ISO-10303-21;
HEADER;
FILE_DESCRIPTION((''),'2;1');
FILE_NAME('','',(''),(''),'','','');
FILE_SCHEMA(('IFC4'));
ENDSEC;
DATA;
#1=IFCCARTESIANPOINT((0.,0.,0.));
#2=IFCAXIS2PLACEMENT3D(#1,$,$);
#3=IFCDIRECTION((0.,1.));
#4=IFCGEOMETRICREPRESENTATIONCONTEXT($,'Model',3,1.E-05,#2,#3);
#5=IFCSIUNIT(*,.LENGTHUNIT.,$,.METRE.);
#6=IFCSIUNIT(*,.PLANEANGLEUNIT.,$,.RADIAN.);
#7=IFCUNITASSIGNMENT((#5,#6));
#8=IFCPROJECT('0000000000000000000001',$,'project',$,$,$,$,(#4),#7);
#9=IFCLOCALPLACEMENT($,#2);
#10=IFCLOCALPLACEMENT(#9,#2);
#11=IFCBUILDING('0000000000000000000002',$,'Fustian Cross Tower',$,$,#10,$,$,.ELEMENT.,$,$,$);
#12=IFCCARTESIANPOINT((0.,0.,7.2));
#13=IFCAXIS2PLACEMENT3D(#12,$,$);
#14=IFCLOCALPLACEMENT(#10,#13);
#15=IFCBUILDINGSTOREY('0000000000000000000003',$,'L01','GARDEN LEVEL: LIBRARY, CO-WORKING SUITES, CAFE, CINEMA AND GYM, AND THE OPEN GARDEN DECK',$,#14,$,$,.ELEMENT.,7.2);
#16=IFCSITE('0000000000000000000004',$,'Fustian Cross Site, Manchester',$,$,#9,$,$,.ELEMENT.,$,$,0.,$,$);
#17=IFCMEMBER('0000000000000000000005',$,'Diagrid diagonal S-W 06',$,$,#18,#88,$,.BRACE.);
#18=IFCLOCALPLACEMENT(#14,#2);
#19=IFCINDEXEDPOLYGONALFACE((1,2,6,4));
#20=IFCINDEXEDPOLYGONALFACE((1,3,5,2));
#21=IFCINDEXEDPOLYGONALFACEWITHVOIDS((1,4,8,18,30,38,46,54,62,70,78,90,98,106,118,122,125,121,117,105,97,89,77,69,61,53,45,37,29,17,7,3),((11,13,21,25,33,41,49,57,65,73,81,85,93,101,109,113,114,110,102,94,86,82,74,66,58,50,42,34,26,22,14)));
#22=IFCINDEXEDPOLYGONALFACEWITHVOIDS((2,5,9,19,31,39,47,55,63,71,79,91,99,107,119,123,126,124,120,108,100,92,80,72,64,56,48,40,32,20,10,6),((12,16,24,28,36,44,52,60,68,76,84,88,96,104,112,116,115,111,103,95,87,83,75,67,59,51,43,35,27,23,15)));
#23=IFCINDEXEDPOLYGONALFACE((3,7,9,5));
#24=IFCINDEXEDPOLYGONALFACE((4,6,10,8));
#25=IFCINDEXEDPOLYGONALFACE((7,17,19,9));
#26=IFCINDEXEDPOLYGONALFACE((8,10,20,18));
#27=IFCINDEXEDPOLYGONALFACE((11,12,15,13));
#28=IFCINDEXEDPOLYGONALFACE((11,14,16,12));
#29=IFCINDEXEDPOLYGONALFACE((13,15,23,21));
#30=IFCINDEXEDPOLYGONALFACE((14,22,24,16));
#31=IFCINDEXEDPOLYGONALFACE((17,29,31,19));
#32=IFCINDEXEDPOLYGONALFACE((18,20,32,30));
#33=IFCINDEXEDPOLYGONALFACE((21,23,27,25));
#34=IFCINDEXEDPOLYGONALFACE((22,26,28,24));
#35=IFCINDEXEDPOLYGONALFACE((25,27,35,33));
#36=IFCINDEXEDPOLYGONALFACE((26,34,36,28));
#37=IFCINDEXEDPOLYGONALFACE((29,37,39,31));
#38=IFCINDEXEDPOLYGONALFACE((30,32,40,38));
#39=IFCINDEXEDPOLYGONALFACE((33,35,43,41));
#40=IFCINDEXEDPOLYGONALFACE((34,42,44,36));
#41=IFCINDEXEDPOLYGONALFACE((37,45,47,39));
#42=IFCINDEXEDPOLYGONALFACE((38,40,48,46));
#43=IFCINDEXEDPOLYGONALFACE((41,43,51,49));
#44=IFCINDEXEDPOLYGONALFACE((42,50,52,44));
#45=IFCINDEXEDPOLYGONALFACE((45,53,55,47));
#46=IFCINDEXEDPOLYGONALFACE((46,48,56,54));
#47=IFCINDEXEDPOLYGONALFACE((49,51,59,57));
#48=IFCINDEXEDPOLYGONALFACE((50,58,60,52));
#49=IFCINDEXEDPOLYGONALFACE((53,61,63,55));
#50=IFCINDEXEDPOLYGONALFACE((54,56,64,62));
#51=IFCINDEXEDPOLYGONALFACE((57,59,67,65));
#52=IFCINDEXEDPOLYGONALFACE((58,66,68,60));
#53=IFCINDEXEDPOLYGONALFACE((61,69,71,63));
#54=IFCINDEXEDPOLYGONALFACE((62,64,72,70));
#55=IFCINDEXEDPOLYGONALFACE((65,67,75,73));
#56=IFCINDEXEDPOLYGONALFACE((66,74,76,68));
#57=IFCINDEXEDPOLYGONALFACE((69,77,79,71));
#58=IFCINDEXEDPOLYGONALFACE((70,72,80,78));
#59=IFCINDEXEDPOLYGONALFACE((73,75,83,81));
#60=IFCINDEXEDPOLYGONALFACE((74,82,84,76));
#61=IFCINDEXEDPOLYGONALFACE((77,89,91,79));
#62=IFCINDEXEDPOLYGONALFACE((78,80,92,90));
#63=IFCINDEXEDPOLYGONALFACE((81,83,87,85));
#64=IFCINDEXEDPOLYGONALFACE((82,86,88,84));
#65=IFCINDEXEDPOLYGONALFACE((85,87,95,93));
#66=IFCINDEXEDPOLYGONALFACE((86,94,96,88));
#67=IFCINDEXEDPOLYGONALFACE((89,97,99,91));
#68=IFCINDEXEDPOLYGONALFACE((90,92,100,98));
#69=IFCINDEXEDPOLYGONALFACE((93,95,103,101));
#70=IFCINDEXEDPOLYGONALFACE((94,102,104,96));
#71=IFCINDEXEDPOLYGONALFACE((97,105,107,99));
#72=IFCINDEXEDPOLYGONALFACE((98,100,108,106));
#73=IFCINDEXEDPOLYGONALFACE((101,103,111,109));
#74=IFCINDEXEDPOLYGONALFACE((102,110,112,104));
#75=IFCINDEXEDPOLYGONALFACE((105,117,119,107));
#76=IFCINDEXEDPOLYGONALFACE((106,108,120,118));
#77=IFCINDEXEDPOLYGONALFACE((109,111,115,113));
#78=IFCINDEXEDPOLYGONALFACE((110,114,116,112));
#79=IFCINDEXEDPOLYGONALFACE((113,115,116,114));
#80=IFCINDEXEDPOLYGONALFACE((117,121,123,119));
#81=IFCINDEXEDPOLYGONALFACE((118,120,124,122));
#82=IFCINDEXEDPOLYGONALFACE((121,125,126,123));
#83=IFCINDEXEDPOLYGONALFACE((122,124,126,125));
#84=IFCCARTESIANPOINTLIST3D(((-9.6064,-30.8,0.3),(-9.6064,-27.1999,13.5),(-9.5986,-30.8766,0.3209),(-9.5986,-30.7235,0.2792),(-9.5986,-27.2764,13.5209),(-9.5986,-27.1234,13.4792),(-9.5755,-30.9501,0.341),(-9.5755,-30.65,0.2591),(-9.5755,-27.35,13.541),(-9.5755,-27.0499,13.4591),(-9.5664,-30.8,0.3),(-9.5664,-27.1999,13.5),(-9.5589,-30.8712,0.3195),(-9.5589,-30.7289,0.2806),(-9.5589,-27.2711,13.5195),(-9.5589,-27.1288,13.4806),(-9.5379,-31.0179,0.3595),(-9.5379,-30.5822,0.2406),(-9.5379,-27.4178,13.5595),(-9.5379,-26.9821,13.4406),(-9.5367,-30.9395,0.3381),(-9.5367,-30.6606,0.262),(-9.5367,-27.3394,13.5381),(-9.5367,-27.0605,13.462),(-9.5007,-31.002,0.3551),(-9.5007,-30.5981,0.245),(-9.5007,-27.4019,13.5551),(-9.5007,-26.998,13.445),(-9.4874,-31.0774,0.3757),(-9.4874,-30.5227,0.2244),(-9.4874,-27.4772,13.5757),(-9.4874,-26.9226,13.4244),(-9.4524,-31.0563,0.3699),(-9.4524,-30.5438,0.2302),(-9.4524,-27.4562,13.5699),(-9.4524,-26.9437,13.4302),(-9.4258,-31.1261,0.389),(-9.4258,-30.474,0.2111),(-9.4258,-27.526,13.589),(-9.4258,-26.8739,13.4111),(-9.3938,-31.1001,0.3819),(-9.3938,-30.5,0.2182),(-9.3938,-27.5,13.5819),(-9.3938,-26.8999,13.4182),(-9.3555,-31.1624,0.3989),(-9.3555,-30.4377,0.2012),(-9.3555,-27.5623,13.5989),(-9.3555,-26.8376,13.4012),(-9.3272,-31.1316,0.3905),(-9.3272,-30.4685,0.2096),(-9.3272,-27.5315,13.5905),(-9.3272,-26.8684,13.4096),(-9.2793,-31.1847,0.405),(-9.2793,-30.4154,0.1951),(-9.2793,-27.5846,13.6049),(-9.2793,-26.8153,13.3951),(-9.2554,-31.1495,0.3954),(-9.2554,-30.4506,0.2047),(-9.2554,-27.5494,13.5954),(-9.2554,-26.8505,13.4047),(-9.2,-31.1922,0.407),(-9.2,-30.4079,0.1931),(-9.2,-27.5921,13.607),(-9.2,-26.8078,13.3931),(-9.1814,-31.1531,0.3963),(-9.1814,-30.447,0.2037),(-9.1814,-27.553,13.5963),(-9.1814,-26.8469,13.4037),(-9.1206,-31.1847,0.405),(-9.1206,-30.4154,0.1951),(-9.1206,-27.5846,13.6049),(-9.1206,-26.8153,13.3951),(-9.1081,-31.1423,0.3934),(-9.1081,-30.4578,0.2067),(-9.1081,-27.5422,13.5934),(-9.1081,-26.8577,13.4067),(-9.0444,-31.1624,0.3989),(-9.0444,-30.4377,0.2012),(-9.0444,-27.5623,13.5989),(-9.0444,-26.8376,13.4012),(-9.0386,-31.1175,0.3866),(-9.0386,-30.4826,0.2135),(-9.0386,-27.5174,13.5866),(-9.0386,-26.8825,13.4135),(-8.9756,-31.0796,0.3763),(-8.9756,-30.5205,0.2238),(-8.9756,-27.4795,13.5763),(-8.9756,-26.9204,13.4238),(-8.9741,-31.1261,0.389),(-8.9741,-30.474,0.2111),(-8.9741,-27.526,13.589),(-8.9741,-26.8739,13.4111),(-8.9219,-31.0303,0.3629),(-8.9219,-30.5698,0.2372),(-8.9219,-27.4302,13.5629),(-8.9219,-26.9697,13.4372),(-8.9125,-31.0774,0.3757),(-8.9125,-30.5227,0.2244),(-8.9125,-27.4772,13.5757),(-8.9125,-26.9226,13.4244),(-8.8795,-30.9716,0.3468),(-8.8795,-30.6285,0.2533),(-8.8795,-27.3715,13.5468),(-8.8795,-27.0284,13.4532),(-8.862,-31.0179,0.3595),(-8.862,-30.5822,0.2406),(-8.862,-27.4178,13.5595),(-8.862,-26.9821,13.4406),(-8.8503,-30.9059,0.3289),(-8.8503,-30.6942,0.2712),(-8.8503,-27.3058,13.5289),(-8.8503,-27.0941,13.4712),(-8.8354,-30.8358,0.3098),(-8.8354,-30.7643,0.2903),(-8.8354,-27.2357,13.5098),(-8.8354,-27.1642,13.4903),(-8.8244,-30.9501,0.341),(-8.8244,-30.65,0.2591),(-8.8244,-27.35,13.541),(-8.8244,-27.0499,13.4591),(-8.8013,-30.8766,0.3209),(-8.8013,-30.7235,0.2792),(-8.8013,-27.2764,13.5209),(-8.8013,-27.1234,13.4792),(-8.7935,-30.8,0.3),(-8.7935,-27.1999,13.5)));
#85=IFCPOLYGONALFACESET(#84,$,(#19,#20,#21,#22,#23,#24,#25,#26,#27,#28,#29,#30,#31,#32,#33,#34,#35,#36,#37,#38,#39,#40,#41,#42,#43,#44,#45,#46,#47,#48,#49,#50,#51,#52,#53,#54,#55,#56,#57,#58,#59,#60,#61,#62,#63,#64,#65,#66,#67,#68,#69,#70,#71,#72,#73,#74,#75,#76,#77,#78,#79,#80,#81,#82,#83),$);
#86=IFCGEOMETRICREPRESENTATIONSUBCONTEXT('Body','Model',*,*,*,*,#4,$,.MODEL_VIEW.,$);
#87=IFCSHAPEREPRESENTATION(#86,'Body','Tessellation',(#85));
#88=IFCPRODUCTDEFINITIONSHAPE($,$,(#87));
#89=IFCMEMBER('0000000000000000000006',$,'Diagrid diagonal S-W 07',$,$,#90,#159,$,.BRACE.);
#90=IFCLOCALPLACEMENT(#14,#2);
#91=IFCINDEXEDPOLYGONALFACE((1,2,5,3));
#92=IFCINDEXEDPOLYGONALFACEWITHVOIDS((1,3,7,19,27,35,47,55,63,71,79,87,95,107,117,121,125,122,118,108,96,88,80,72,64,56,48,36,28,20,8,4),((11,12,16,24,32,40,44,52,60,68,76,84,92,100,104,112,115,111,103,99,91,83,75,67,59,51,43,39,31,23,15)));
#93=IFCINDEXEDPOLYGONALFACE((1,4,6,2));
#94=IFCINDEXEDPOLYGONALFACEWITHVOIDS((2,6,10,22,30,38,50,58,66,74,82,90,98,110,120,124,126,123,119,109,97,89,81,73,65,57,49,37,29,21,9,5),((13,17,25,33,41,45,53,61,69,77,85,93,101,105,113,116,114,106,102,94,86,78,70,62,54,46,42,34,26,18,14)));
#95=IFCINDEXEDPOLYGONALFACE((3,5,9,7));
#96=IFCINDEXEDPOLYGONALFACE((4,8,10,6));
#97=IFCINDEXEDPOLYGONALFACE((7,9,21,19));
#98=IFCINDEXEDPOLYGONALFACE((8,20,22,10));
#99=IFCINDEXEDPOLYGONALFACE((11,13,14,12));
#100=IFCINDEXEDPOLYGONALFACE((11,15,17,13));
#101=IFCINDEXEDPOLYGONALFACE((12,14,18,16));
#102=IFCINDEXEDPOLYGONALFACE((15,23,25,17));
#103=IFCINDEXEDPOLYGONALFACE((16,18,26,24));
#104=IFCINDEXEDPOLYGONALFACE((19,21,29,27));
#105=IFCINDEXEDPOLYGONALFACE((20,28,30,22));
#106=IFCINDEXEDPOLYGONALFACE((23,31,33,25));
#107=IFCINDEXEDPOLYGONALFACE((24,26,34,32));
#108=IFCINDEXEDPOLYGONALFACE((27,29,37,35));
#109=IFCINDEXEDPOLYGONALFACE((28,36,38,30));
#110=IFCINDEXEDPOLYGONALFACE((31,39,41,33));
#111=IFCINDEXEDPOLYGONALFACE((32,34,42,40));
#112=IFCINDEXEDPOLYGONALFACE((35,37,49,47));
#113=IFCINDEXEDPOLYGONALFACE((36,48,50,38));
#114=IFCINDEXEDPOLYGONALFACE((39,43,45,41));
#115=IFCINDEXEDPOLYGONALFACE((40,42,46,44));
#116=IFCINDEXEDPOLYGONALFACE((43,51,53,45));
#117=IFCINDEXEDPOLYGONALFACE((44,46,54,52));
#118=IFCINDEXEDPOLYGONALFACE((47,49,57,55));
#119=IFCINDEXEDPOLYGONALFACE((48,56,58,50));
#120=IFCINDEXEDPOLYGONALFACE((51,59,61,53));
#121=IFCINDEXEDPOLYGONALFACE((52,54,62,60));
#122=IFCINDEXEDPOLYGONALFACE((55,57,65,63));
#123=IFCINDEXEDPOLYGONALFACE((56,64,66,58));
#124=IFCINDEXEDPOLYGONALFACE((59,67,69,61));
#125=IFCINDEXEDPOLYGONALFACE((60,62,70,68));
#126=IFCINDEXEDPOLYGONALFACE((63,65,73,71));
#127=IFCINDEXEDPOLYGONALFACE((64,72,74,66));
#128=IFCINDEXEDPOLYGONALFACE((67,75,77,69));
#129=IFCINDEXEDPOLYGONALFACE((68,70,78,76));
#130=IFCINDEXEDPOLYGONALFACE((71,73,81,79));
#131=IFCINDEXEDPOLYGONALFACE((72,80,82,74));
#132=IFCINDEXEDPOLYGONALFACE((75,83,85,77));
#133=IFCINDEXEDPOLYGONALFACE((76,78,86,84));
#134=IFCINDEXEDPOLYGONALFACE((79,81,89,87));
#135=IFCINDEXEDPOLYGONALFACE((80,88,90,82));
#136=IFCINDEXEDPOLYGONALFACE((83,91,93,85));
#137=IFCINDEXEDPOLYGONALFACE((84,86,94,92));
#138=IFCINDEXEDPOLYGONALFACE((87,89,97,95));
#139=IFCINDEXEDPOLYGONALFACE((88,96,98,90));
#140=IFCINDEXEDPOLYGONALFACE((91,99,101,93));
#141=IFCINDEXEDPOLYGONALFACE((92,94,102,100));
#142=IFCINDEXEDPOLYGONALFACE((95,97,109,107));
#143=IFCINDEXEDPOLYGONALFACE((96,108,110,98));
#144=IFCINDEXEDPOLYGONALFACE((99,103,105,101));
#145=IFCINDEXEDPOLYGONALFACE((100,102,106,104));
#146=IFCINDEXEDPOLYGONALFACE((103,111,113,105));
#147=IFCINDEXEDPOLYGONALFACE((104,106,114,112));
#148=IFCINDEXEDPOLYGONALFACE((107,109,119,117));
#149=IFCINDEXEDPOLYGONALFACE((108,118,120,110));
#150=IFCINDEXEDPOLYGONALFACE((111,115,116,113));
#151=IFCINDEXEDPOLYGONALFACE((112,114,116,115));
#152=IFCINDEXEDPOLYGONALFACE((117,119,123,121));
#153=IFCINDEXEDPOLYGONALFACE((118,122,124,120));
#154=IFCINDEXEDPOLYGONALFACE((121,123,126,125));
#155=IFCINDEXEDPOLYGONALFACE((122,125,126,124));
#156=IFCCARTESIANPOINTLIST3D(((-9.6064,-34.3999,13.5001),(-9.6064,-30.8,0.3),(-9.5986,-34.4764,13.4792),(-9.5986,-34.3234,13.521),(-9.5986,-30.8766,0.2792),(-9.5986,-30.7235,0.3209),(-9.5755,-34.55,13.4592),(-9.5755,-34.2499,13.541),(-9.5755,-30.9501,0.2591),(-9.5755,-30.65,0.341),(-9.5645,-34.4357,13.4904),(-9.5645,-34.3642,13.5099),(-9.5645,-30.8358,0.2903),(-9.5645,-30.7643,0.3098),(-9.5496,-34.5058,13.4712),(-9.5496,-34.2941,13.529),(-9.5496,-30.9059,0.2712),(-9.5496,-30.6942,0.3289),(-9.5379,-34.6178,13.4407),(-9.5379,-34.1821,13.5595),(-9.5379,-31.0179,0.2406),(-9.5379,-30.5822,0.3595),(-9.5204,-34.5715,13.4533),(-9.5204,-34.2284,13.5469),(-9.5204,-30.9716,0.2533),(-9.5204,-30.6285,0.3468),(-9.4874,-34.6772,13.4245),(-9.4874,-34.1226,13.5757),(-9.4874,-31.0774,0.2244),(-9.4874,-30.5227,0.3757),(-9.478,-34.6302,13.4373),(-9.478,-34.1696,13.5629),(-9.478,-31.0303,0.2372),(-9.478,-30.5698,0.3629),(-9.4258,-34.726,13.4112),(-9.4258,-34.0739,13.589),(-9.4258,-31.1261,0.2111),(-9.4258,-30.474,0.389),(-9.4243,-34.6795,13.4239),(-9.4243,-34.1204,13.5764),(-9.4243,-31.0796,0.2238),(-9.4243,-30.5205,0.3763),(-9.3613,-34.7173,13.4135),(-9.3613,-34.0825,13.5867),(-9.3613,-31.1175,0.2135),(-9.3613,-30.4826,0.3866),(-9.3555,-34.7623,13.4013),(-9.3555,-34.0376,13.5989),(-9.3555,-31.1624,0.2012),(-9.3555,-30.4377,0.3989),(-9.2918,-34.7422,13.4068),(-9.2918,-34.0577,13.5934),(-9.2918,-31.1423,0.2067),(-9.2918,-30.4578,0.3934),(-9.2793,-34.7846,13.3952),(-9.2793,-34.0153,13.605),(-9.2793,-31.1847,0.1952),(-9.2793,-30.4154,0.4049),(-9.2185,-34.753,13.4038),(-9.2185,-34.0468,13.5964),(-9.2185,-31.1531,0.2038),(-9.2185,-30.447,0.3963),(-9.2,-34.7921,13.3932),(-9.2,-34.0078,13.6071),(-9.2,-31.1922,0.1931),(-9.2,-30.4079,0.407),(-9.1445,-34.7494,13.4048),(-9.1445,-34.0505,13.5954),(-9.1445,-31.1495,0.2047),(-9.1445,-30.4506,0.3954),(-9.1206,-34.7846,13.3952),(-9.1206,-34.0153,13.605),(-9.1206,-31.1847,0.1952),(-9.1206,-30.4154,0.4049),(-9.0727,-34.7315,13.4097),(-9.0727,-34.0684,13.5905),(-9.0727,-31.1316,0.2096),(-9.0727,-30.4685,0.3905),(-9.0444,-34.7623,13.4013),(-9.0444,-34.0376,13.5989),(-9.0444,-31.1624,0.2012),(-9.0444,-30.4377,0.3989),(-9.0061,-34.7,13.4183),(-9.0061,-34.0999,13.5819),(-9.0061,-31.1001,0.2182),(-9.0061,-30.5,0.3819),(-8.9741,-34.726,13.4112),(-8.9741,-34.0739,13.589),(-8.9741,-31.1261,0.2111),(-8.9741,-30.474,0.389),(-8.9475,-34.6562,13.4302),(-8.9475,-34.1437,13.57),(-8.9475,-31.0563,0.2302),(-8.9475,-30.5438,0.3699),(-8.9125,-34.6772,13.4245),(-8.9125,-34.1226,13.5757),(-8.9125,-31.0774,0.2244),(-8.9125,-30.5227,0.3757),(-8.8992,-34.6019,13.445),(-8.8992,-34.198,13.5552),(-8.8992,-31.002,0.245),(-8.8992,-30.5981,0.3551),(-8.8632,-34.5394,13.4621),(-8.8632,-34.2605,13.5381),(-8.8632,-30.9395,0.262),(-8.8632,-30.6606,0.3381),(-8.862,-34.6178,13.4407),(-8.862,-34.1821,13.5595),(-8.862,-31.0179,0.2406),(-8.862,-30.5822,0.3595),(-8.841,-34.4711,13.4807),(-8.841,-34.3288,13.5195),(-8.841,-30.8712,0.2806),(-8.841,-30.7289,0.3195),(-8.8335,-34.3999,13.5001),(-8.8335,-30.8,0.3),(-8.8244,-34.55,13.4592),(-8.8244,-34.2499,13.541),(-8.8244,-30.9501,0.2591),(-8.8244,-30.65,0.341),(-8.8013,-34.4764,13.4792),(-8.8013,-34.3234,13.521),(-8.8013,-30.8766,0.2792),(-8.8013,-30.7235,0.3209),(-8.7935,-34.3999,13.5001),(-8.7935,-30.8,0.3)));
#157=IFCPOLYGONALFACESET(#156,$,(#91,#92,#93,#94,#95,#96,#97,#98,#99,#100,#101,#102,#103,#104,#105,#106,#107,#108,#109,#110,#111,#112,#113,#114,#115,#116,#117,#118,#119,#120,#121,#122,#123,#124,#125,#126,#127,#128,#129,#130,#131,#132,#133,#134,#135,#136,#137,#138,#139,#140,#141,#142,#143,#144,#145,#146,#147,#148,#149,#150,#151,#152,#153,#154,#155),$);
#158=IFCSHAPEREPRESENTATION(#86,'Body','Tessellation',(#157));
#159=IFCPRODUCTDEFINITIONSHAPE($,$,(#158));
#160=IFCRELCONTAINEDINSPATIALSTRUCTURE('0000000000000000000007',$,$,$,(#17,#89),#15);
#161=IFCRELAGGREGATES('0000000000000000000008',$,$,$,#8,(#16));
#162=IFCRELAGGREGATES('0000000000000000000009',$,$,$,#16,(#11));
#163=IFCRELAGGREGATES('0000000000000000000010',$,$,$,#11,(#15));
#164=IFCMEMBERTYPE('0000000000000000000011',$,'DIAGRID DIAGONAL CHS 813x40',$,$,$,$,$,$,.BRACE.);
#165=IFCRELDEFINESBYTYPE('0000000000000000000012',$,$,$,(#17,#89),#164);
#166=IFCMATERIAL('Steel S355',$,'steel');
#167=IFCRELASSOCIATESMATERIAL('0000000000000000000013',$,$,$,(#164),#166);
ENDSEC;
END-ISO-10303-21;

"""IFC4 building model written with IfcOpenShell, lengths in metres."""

from ifc_helpers import new_model, si_unit, direction, frame, origin, origin_2d, place, context, subcontext, project, spatial, hollow_circle, extrude, material, material_profile, profile_set, type_object, element, save


model = new_model("IFC4")

# Units and contexts
model_context = context("Model", 3, precision=1e-05, world=origin(), true_north=direction((0.0, 1.0)))
body_context = subcontext(model_context, "Body", "Model", "MODEL_VIEW")
ifc_project = project(units=[si_unit("LENGTHUNIT", "METRE"), si_unit("PLANEANGLEUNIT", "RADIAN")], contexts=[model_context])

# Site, building, storey
site_placement = place(None, origin())
site = spatial("IfcSite", under=ifc_project, at=site_placement, Name="Fustian Cross Site, Manchester", CompositionType="ELEMENT", RefElevation=0.0)
building_placement = place(site_placement, origin())
building = spatial("IfcBuilding", under=site, at=building_placement, Name="Fustian Cross Tower", CompositionType="ELEMENT")
storey_placement = place(building_placement, frame((0.0, 0.0, 7.2)))
storey = spatial("IfcBuildingStorey", under=building, at=storey_placement, Name="L01", Description="GARDEN LEVEL: LIBRARY, CO-WORKING SUITES, CAFE, CINEMA AND GYM, AND THE OPEN GARDEN DECK", CompositionType="ELEMENT", Elevation=7.2)

# Members
ifc_material_1 = material(Name="Steel S355", Category="steel")
ifc_material_profile_1 = material_profile(ifc_material_1, hollow_circle(Radius=0.4065, WallThickness=0.04, at=origin_2d()), Name="CHS 813x40")
ifc_profile_set_1 = profile_set([ifc_material_profile_1], Name="Steel S355")
member_type_1 = type_object("IfcMemberType", Name="DIAGRID DIAGONAL CHS 813x40", PredefinedType="BRACE", material=ifc_profile_set_1)
for number, where, z_axis, x_axis, name in (
    (1, (-9.2, -30.8, 0.3), (0.0, 0.263125, 0.964762), (-1.0, 0.0, 0.0), "Diagrid diagonal S-W 06"),
    (2, (-9.2, -30.8, 0.3), (0.0, -0.263108, 0.964766), (1.0, 0.0, 0.0), "Diagrid diagonal S-W 07"),
):
    element("IfcMember", number, at=place(storey_placement, frame(where, z_axis=z_axis, x_axis=x_axis)), inside=storey, type_object=member_type_1, Name=name, PredefinedType="BRACE", context=body_context, shape_type="SweptSolid", body=[
        extrude(hollow_circle(Radius=0.4065, WallThickness=0.04, at=origin_2d()), origin(), (0.0, 0.0, 1.0), 13.6821),
    ])

save(model, "model.ifc")
